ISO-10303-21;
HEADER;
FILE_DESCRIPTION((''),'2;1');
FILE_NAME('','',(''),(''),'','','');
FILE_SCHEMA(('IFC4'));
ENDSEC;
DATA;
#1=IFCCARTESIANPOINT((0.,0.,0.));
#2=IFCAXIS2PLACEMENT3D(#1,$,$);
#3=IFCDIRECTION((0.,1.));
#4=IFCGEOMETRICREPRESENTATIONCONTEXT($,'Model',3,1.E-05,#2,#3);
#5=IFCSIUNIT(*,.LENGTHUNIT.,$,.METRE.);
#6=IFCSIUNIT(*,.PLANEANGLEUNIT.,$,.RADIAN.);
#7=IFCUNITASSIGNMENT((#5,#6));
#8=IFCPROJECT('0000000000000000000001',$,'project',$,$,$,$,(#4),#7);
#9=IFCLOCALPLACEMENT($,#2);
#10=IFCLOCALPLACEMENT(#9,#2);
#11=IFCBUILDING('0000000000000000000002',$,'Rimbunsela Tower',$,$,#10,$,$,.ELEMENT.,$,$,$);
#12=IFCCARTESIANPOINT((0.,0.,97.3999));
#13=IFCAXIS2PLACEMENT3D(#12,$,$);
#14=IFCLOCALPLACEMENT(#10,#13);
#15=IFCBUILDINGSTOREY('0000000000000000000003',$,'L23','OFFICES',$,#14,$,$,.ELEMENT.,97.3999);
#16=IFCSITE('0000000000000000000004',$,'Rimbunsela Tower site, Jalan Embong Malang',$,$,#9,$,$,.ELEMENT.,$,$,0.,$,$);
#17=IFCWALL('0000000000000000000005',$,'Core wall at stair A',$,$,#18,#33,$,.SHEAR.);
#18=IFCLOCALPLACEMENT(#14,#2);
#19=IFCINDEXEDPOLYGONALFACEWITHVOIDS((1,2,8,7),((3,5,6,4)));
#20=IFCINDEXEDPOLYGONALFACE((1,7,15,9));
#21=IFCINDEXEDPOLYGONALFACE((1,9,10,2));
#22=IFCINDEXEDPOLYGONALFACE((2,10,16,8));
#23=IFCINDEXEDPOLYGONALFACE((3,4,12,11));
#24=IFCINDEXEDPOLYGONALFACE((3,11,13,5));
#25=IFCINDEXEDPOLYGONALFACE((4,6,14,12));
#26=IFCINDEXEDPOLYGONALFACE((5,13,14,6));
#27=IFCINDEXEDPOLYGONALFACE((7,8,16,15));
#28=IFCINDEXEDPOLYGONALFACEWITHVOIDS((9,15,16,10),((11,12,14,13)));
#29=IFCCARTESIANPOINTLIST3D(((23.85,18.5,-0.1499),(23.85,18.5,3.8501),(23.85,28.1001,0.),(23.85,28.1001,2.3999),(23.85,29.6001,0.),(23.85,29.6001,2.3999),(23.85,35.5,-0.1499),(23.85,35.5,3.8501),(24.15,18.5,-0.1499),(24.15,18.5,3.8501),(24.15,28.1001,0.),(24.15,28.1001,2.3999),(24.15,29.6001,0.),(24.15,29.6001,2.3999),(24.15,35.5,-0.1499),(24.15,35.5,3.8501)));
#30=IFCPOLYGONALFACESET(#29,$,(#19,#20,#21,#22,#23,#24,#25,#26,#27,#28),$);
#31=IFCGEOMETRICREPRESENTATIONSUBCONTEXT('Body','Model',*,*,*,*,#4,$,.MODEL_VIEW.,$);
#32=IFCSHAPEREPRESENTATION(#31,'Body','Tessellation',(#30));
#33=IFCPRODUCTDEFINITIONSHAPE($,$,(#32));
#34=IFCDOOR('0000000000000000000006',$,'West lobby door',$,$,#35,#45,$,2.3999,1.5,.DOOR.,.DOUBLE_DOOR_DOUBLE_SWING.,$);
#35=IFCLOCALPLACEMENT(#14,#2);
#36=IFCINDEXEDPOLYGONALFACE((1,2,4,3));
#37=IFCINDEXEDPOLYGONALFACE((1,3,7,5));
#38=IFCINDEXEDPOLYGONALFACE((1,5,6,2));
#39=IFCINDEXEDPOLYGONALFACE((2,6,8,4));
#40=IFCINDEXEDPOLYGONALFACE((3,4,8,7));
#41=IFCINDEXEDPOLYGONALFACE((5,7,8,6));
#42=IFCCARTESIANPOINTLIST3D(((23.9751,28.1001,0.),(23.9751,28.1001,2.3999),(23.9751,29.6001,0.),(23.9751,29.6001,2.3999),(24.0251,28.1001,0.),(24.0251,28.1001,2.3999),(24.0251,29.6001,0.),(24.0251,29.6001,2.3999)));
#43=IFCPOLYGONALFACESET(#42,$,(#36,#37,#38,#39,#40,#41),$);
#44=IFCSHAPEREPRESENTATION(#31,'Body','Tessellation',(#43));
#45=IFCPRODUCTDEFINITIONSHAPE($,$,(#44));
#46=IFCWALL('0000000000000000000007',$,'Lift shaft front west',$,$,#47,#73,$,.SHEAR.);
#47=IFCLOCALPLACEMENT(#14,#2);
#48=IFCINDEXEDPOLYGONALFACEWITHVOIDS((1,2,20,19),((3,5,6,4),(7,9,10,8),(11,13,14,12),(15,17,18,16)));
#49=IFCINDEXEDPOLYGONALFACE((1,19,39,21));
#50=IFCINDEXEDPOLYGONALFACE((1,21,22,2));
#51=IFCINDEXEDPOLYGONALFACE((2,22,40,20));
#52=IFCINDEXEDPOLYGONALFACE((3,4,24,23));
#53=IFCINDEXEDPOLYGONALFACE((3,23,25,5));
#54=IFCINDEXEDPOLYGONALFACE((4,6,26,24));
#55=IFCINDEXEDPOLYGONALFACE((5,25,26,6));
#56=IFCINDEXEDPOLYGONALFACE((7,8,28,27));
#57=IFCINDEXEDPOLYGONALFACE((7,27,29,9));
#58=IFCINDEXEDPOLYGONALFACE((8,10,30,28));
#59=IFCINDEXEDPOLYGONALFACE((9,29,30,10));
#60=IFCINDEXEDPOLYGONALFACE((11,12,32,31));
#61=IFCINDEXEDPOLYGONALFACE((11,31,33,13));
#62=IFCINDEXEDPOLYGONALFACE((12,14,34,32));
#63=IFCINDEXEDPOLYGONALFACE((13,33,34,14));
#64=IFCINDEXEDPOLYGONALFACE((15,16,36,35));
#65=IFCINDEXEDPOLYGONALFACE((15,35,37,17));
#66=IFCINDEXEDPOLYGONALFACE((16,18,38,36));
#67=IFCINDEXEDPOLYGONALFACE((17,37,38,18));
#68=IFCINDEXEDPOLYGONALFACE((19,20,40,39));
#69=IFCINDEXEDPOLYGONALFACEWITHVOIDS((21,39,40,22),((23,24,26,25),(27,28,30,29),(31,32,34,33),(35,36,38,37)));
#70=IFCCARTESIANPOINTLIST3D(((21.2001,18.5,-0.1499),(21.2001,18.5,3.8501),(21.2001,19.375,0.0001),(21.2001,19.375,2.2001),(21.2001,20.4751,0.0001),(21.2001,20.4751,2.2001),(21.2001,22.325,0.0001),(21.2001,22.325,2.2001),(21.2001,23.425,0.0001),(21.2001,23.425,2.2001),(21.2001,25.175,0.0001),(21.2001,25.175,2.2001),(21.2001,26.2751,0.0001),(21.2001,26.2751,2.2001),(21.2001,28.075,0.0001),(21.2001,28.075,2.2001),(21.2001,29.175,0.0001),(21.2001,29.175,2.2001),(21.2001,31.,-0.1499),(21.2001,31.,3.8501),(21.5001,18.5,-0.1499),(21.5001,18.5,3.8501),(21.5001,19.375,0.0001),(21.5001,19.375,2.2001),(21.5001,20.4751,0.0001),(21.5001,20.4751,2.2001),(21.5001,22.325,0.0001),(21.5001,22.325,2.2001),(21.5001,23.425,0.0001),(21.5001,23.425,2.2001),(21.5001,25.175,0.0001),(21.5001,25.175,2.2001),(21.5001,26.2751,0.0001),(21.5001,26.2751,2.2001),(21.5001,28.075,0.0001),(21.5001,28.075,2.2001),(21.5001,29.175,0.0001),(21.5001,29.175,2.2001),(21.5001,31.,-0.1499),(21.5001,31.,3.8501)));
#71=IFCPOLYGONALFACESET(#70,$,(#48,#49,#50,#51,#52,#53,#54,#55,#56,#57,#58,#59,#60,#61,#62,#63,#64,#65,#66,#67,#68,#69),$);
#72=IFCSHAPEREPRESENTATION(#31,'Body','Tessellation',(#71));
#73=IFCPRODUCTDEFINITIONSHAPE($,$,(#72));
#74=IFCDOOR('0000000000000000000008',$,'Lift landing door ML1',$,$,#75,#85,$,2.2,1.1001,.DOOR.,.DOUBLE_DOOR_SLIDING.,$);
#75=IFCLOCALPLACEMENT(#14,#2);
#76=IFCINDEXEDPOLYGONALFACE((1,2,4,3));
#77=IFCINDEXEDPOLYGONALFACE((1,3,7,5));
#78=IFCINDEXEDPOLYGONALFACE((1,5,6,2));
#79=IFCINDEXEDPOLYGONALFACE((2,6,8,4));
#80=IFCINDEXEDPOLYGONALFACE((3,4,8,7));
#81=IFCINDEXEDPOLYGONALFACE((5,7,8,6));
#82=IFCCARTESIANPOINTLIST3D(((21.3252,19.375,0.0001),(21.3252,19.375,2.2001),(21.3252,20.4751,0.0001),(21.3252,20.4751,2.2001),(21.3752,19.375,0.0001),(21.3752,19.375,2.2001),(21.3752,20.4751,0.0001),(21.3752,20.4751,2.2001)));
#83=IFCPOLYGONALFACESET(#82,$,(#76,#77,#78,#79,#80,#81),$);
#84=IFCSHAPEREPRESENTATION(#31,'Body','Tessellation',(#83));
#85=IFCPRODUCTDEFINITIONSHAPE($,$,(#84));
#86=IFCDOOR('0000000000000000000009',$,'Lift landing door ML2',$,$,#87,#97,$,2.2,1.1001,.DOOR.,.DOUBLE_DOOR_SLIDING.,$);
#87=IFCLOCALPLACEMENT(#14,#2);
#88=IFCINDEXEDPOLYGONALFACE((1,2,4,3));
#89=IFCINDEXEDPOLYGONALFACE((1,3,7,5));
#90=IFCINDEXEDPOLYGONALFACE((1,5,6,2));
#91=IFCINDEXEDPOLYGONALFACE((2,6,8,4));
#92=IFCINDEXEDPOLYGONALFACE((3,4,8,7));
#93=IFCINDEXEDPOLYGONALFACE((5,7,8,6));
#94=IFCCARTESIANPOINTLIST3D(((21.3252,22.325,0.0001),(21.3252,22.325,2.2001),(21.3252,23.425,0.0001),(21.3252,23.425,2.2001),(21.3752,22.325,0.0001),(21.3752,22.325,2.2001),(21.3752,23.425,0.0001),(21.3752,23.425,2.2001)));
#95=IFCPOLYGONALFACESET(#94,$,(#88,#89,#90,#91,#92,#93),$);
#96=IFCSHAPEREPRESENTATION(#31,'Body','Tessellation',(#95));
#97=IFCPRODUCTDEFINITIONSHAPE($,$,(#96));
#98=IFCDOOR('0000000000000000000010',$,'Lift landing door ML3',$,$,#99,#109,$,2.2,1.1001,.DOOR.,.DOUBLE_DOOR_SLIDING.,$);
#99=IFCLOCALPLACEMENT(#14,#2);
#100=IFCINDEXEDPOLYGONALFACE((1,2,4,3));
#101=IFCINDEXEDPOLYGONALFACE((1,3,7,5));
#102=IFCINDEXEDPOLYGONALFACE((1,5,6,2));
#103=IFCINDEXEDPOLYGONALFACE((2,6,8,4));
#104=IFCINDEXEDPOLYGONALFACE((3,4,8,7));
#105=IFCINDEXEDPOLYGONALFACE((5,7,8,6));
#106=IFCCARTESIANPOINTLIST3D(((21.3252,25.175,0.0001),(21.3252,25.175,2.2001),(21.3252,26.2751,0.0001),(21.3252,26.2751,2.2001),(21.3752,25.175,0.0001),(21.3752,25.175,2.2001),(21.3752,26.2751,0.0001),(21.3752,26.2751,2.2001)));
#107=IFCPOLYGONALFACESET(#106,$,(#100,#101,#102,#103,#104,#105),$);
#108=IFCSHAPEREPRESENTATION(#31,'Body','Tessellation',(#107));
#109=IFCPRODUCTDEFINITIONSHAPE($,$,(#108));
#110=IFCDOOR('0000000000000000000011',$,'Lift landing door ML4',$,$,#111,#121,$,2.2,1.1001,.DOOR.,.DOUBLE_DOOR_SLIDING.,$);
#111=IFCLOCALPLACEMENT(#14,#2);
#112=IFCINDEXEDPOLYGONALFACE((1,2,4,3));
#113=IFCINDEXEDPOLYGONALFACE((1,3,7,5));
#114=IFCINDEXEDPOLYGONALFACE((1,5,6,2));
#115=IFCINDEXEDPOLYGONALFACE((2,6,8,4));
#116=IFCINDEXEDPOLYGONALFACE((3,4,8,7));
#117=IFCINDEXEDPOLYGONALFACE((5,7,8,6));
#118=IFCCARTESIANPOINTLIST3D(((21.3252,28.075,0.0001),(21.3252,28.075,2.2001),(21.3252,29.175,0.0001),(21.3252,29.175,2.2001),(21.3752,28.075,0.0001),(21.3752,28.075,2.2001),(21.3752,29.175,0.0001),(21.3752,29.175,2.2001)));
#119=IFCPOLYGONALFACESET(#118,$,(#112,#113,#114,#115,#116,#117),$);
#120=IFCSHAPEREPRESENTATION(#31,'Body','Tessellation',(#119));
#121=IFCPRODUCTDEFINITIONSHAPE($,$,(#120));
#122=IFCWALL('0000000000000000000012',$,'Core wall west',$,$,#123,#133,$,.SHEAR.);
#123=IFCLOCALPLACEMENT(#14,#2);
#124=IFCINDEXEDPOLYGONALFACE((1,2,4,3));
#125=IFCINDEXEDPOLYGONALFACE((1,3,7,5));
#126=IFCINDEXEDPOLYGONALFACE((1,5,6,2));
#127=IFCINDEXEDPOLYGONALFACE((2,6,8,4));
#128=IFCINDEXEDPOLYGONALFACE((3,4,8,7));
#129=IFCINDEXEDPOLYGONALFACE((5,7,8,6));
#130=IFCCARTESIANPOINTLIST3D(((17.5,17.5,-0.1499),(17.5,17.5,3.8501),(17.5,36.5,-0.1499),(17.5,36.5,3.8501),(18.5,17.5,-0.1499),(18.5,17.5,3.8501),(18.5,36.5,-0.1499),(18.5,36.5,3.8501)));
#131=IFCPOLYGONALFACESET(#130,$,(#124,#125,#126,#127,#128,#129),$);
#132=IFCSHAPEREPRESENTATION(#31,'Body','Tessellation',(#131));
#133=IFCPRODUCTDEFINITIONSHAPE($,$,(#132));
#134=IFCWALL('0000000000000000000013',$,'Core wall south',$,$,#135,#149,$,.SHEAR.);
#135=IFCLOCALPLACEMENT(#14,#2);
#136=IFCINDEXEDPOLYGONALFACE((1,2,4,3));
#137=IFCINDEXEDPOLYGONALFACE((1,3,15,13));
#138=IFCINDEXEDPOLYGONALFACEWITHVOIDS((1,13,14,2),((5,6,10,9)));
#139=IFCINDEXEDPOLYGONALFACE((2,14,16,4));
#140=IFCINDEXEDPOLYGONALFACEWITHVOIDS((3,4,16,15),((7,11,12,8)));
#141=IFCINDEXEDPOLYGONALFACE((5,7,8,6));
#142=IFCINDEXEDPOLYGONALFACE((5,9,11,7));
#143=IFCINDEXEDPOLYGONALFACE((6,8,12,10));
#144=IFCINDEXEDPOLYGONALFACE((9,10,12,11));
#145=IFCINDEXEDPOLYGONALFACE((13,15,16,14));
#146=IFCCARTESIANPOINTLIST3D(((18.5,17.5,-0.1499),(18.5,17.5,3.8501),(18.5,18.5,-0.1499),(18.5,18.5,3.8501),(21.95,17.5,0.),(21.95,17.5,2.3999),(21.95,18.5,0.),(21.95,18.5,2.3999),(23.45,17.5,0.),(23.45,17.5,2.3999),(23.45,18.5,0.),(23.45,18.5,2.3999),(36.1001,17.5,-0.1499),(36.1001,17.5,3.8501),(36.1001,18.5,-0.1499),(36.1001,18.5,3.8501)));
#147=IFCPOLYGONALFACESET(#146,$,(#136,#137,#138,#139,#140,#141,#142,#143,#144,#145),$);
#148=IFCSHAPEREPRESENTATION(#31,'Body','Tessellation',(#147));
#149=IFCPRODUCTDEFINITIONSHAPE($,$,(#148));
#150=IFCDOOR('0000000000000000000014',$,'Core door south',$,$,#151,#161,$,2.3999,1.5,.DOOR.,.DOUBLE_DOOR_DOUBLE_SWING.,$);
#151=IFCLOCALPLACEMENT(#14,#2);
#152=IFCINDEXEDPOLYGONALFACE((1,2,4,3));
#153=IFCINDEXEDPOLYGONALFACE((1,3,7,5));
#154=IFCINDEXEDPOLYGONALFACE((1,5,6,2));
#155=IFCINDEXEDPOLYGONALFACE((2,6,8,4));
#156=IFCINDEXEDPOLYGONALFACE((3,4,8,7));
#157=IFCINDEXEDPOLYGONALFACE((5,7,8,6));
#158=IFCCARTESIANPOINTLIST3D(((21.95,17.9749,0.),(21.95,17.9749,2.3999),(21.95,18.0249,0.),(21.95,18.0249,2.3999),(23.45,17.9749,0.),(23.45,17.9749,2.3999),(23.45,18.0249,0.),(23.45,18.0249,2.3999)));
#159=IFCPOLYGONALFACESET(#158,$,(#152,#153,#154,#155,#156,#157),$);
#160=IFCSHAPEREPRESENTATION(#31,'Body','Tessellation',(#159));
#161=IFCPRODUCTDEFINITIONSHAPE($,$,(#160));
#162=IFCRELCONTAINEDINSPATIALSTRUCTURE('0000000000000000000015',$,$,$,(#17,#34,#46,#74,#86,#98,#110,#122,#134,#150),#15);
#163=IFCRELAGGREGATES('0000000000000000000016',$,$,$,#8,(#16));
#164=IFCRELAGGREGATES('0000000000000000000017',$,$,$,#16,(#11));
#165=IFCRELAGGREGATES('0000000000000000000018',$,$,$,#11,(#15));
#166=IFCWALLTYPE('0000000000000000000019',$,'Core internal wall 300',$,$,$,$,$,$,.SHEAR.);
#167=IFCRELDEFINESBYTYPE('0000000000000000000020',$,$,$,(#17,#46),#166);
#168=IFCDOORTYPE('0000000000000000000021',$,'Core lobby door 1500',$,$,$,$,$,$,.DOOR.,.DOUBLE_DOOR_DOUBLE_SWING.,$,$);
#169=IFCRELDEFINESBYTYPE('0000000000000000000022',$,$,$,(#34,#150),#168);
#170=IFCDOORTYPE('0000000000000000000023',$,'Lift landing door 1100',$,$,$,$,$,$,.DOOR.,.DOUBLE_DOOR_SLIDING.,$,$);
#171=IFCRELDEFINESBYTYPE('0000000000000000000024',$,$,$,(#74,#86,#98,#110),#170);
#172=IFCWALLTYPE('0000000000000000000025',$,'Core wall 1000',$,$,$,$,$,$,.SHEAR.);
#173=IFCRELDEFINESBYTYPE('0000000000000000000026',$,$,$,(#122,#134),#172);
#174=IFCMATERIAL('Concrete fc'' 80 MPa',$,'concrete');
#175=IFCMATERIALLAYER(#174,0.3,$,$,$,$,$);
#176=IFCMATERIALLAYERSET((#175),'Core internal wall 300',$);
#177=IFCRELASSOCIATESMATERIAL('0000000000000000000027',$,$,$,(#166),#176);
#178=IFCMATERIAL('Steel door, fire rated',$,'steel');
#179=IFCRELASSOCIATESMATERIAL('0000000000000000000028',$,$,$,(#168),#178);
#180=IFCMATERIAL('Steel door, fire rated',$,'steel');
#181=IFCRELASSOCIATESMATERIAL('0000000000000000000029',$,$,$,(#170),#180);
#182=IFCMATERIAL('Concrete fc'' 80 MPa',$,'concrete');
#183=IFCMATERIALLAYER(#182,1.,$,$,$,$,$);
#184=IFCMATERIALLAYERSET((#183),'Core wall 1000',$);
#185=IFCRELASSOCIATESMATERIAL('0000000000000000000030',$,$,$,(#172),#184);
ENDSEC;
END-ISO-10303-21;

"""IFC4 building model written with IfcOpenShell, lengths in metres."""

from ifc_helpers import new_model, si_unit, direction, frame, frame_2d, origin, place, context, subcontext, project, spatial, rectangle, extrude, material, layer, layer_set, type_object, element, fill, save


model = new_model("IFC4")

# Units and contexts
model_context = context("Model", 3, precision=1e-05, world=origin(), true_north=direction((0.0, 1.0)))
body_context = subcontext(model_context, "Body", "Model", "MODEL_VIEW")
ifc_project = project(units=[si_unit("LENGTHUNIT", "METRE"), si_unit("PLANEANGLEUNIT", "RADIAN")], contexts=[model_context])

# Site, building, storey
site_placement = place(None, origin())
site = spatial("IfcSite", under=ifc_project, at=site_placement, Name="Rimbunsela Tower site, Jalan Embong Malang", CompositionType="ELEMENT", RefElevation=0.0)
building_placement = place(site_placement, origin())
building = spatial("IfcBuilding", under=site, at=building_placement, Name="Rimbunsela Tower", CompositionType="ELEMENT")
storey_placement = place(building_placement, frame((0.0, 0.0, 97.3999)))
storey = spatial("IfcBuildingStorey", under=building, at=storey_placement, Name="L23", Description="OFFICES", CompositionType="ELEMENT", Elevation=97.3999)

# Wall, opening, door
ifc_material_1 = material(Name="Concrete fc' 80 MPa", Category="concrete")
ifc_layer_1 = layer(ifc_material_1, 0.3)
ifc_layer_set_1 = layer_set([ifc_layer_1], Name="Core internal wall 300")
wall_type_1 = type_object("IfcWallType", Name="Core internal wall 300", PredefinedType="SHEAR", material=ifc_layer_set_1)
wall_1_placement = place(storey_placement, frame((24.0, 18.5, -0.1499), z_axis=(0.0, 0.0, 1.0), x_axis=(0.0, 1.0, 0.0)))
wall_1 = element("IfcWall", 1, at=wall_1_placement, inside=storey, type_object=wall_type_1, Name="Core wall at stair A", PredefinedType="SHEAR", context=body_context, shape_type="SweptSolid", body=[
    extrude(rectangle(XDim=17.0, YDim=0.3, at=frame_2d((8.5, 0.0))), origin(), (0.0, 0.0, 1.0), 4.0),
])
opening_1_placement = place(wall_1_placement, frame((9.6001, 0.0, 0.1499)))
opening_1 = element("IfcOpeningElement", 2, at=opening_1_placement, cuts=wall_1, PredefinedType="OPENING", context=body_context, shape_type="SweptSolid", body=[
    extrude(rectangle(XDim=1.5, YDim=2.3999, at=frame_2d((0.75, 1.2))), frame((0.0, 0.1599, 0.0), z_axis=(0.0, -1.0, 0.0), x_axis=(1.0, 0.0, 0.0)), (0.0, 0.0, 1.0), 0.3201),
])
ifc_material_2 = material(Name="Steel door, fire rated", Category="steel")
door_type_1 = type_object("IfcDoorType", Name="Core lobby door 1500", OperationType="DOUBLE_DOOR_DOUBLE_SWING", PredefinedType="DOOR", material=ifc_material_2)
door_1_placement = place(opening_1_placement, origin())
door_1 = element("IfcDoor", 3, at=door_1_placement, inside=storey, type_object=door_type_1, Name="West lobby door", OperationType="DOUBLE_DOOR_DOUBLE_SWING", OverallHeight=2.3999, OverallWidth=1.5, PredefinedType="DOOR", context=body_context, shape_type="SweptSolid", body=[
    extrude(rectangle(XDim=1.5, YDim=2.3999, at=frame_2d((0.75, 1.2))), frame((0.0, 0.0249, 0.0), z_axis=(0.0, -1.0, 0.0), x_axis=(1.0, 0.0, 0.0)), (0.0, 0.0, 1.0), 0.05),
])
fill(opening_1, door_1)

# Wall, openings, doors
wall_2_placement = place(storey_placement, frame((21.3501, 18.5, -0.1499), z_axis=(0.0, 0.0, 1.0), x_axis=(0.0, 1.0, 0.0)))
wall_2 = element("IfcWall", 4, at=wall_2_placement, inside=storey, type_object=wall_type_1, Name="Lift shaft front west", PredefinedType="SHEAR", context=body_context, shape_type="SweptSolid", body=[
    extrude(rectangle(XDim=12.5, YDim=0.3, at=frame_2d((6.25, 0.0))), origin(), (0.0, 0.0, 1.0), 4.0),
])
opening_2_placement = place(wall_2_placement, frame((0.875, 0.0, 0.1499)))
opening_2 = element("IfcOpeningElement", 5, at=opening_2_placement, cuts=wall_2, PredefinedType="OPENING", context=body_context, shape_type="SweptSolid", body=[
    extrude(rectangle(XDim=1.1001, YDim=2.2, at=frame_2d((0.55, 1.1001))), frame((0.0, 0.1599, 0.0), z_axis=(0.0, -1.0, 0.0), x_axis=(1.0, 0.0, 0.0)), (0.0, 0.0, 1.0), 0.3201),
])
opening_3_placement = place(wall_2_placement, frame((3.825, 0.0, 0.1499)))
opening_3 = element("IfcOpeningElement", 6, at=opening_3_placement, cuts=wall_2, PredefinedType="OPENING", context=body_context, shape_type="SweptSolid", body=[
    extrude(rectangle(XDim=1.1001, YDim=2.2, at=frame_2d((0.55, 1.1001))), frame((0.0, 0.1599, 0.0), z_axis=(0.0, -1.0, 0.0), x_axis=(1.0, 0.0, 0.0)), (0.0, 0.0, 1.0), 0.3201),
])
opening_4_placement = place(wall_2_placement, frame((6.675, 0.0, 0.1499)))
opening_4 = element("IfcOpeningElement", 7, at=opening_4_placement, cuts=wall_2, PredefinedType="OPENING", context=body_context, shape_type="SweptSolid", body=[
    extrude(rectangle(XDim=1.1001, YDim=2.2, at=frame_2d((0.55, 1.1001))), frame((0.0, 0.1599, 0.0), z_axis=(0.0, -1.0, 0.0), x_axis=(1.0, 0.0, 0.0)), (0.0, 0.0, 1.0), 0.3201),
])
opening_5_placement = place(wall_2_placement, frame((9.575, 0.0, 0.1499)))
opening_5 = element("IfcOpeningElement", 8, at=opening_5_placement, cuts=wall_2, PredefinedType="OPENING", context=body_context, shape_type="SweptSolid", body=[
    extrude(rectangle(XDim=1.1001, YDim=2.2, at=frame_2d((0.55, 1.1001))), frame((0.0, 0.1599, 0.0), z_axis=(0.0, -1.0, 0.0), x_axis=(1.0, 0.0, 0.0)), (0.0, 0.0, 1.0), 0.3201),
])
ifc_material_3 = material(Name="Steel door, fire rated", Category="steel")
door_type_2 = type_object("IfcDoorType", Name="Lift landing door 1100", OperationType="DOUBLE_DOOR_SLIDING", PredefinedType="DOOR", material=ifc_material_3)
door_2_placement = place(opening_2_placement, origin())
door_2 = element("IfcDoor", 9, at=door_2_placement, inside=storey, type_object=door_type_2, Name="Lift landing door ML1", OperationType="DOUBLE_DOOR_SLIDING", OverallHeight=2.2, OverallWidth=1.1001, PredefinedType="DOOR", context=body_context, shape_type="SweptSolid", body=[
    extrude(rectangle(XDim=1.1001, YDim=2.2, at=frame_2d((0.55, 1.1001))), frame((0.0, 0.0249, 0.0), z_axis=(0.0, -1.0, 0.0), x_axis=(1.0, 0.0, 0.0)), (0.0, 0.0, 1.0), 0.05),
])
fill(opening_2, door_2)
door_3_placement = place(opening_3_placement, origin())
door_3 = element("IfcDoor", 10, at=door_3_placement, inside=storey, type_object=door_type_2, Name="Lift landing door ML2", OperationType="DOUBLE_DOOR_SLIDING", OverallHeight=2.2, OverallWidth=1.1001, PredefinedType="DOOR", context=body_context, shape_type="SweptSolid", body=[
    extrude(rectangle(XDim=1.1001, YDim=2.2, at=frame_2d((0.55, 1.1001))), frame((0.0, 0.0249, 0.0), z_axis=(0.0, -1.0, 0.0), x_axis=(1.0, 0.0, 0.0)), (0.0, 0.0, 1.0), 0.05),
])
fill(opening_3, door_3)
door_4_placement = place(opening_4_placement, origin())
door_4 = element("IfcDoor", 11, at=door_4_placement, inside=storey, type_object=door_type_2, Name="Lift landing door ML3", OperationType="DOUBLE_DOOR_SLIDING", OverallHeight=2.2, OverallWidth=1.1001, PredefinedType="DOOR", context=body_context, shape_type="SweptSolid", body=[
    extrude(rectangle(XDim=1.1001, YDim=2.2, at=frame_2d((0.55, 1.1001))), frame((0.0, 0.0249, 0.0), z_axis=(0.0, -1.0, 0.0), x_axis=(1.0, 0.0, 0.0)), (0.0, 0.0, 1.0), 0.05),
])
fill(opening_4, door_4)
door_5_placement = place(opening_5_placement, origin())
door_5 = element("IfcDoor", 12, at=door_5_placement, inside=storey, type_object=door_type_2, Name="Lift landing door ML4", OperationType="DOUBLE_DOOR_SLIDING", OverallHeight=2.2, OverallWidth=1.1001, PredefinedType="DOOR", context=body_context, shape_type="SweptSolid", body=[
    extrude(rectangle(XDim=1.1001, YDim=2.2, at=frame_2d((0.55, 1.1001))), frame((0.0, 0.0249, 0.0), z_axis=(0.0, -1.0, 0.0), x_axis=(1.0, 0.0, 0.0)), (0.0, 0.0, 1.0), 0.05),
])
fill(opening_5, door_5)

# Wall
ifc_material_4 = material(Name="Concrete fc' 80 MPa", Category="concrete")
ifc_layer_2 = layer(ifc_material_4, 1.0)
ifc_layer_set_2 = layer_set([ifc_layer_2], Name="Core wall 1000")
wall_type_2 = type_object("IfcWallType", Name="Core wall 1000", PredefinedType="SHEAR", material=ifc_layer_set_2)
wall_3_placement = place(storey_placement, frame((18.0, 17.5, -0.1499), z_axis=(0.0, 0.0, 1.0), x_axis=(0.0, 1.0, 0.0)))
element("IfcWall", 13, at=wall_3_placement, inside=storey, type_object=wall_type_2, Name="Core wall west", PredefinedType="SHEAR", context=body_context, shape_type="SweptSolid", body=[
    extrude(rectangle(XDim=19.0, YDim=1.0, at=frame_2d((9.5, 0.0))), origin(), (0.0, 0.0, 1.0), 4.0),
])

# Wall, opening, door
wall_4_placement = place(storey_placement, frame((18.5, 18.0, -0.1499), z_axis=(0.0, 0.0, 1.0), x_axis=(1.0, 0.0, 0.0)))
wall_4 = element("IfcWall", 14, at=wall_4_placement, inside=storey, type_object=wall_type_2, Name="Core wall south", PredefinedType="SHEAR", context=body_context, shape_type="SweptSolid", body=[
    extrude(rectangle(XDim=17.6001, YDim=1.0, at=frame_2d((8.8, 0.0))), origin(), (0.0, 0.0, 1.0), 4.0),
])
opening_6_placement = place(wall_4_placement, frame((3.45, 0.0, 0.1499)))
opening_6 = element("IfcOpeningElement", 15, at=opening_6_placement, cuts=wall_4, PredefinedType="OPENING", context=body_context, shape_type="SweptSolid", body=[
    extrude(rectangle(XDim=1.5, YDim=2.3999, at=frame_2d((0.75, 1.2))), frame((0.0, 0.51, 0.0), z_axis=(0.0, -1.0, 0.0), x_axis=(1.0, 0.0, 0.0)), (0.0, 0.0, 1.0), 1.02),
])
door_6_placement = place(opening_6_placement, origin())
door_6 = element("IfcDoor", 16, at=door_6_placement, inside=storey, type_object=door_type_1, Name="Core door south", OperationType="DOUBLE_DOOR_DOUBLE_SWING", OverallHeight=2.3999, OverallWidth=1.5, PredefinedType="DOOR", context=body_context, shape_type="SweptSolid", body=[
    extrude(rectangle(XDim=1.5, YDim=2.3999, at=frame_2d((0.75, 1.2))), frame((0.0, 0.0249, 0.0), z_axis=(0.0, -1.0, 0.0), x_axis=(1.0, 0.0, 0.0)), (0.0, 0.0, 1.0), 0.05),
])
fill(opening_6, door_6)

save(model, "model.ifc")
